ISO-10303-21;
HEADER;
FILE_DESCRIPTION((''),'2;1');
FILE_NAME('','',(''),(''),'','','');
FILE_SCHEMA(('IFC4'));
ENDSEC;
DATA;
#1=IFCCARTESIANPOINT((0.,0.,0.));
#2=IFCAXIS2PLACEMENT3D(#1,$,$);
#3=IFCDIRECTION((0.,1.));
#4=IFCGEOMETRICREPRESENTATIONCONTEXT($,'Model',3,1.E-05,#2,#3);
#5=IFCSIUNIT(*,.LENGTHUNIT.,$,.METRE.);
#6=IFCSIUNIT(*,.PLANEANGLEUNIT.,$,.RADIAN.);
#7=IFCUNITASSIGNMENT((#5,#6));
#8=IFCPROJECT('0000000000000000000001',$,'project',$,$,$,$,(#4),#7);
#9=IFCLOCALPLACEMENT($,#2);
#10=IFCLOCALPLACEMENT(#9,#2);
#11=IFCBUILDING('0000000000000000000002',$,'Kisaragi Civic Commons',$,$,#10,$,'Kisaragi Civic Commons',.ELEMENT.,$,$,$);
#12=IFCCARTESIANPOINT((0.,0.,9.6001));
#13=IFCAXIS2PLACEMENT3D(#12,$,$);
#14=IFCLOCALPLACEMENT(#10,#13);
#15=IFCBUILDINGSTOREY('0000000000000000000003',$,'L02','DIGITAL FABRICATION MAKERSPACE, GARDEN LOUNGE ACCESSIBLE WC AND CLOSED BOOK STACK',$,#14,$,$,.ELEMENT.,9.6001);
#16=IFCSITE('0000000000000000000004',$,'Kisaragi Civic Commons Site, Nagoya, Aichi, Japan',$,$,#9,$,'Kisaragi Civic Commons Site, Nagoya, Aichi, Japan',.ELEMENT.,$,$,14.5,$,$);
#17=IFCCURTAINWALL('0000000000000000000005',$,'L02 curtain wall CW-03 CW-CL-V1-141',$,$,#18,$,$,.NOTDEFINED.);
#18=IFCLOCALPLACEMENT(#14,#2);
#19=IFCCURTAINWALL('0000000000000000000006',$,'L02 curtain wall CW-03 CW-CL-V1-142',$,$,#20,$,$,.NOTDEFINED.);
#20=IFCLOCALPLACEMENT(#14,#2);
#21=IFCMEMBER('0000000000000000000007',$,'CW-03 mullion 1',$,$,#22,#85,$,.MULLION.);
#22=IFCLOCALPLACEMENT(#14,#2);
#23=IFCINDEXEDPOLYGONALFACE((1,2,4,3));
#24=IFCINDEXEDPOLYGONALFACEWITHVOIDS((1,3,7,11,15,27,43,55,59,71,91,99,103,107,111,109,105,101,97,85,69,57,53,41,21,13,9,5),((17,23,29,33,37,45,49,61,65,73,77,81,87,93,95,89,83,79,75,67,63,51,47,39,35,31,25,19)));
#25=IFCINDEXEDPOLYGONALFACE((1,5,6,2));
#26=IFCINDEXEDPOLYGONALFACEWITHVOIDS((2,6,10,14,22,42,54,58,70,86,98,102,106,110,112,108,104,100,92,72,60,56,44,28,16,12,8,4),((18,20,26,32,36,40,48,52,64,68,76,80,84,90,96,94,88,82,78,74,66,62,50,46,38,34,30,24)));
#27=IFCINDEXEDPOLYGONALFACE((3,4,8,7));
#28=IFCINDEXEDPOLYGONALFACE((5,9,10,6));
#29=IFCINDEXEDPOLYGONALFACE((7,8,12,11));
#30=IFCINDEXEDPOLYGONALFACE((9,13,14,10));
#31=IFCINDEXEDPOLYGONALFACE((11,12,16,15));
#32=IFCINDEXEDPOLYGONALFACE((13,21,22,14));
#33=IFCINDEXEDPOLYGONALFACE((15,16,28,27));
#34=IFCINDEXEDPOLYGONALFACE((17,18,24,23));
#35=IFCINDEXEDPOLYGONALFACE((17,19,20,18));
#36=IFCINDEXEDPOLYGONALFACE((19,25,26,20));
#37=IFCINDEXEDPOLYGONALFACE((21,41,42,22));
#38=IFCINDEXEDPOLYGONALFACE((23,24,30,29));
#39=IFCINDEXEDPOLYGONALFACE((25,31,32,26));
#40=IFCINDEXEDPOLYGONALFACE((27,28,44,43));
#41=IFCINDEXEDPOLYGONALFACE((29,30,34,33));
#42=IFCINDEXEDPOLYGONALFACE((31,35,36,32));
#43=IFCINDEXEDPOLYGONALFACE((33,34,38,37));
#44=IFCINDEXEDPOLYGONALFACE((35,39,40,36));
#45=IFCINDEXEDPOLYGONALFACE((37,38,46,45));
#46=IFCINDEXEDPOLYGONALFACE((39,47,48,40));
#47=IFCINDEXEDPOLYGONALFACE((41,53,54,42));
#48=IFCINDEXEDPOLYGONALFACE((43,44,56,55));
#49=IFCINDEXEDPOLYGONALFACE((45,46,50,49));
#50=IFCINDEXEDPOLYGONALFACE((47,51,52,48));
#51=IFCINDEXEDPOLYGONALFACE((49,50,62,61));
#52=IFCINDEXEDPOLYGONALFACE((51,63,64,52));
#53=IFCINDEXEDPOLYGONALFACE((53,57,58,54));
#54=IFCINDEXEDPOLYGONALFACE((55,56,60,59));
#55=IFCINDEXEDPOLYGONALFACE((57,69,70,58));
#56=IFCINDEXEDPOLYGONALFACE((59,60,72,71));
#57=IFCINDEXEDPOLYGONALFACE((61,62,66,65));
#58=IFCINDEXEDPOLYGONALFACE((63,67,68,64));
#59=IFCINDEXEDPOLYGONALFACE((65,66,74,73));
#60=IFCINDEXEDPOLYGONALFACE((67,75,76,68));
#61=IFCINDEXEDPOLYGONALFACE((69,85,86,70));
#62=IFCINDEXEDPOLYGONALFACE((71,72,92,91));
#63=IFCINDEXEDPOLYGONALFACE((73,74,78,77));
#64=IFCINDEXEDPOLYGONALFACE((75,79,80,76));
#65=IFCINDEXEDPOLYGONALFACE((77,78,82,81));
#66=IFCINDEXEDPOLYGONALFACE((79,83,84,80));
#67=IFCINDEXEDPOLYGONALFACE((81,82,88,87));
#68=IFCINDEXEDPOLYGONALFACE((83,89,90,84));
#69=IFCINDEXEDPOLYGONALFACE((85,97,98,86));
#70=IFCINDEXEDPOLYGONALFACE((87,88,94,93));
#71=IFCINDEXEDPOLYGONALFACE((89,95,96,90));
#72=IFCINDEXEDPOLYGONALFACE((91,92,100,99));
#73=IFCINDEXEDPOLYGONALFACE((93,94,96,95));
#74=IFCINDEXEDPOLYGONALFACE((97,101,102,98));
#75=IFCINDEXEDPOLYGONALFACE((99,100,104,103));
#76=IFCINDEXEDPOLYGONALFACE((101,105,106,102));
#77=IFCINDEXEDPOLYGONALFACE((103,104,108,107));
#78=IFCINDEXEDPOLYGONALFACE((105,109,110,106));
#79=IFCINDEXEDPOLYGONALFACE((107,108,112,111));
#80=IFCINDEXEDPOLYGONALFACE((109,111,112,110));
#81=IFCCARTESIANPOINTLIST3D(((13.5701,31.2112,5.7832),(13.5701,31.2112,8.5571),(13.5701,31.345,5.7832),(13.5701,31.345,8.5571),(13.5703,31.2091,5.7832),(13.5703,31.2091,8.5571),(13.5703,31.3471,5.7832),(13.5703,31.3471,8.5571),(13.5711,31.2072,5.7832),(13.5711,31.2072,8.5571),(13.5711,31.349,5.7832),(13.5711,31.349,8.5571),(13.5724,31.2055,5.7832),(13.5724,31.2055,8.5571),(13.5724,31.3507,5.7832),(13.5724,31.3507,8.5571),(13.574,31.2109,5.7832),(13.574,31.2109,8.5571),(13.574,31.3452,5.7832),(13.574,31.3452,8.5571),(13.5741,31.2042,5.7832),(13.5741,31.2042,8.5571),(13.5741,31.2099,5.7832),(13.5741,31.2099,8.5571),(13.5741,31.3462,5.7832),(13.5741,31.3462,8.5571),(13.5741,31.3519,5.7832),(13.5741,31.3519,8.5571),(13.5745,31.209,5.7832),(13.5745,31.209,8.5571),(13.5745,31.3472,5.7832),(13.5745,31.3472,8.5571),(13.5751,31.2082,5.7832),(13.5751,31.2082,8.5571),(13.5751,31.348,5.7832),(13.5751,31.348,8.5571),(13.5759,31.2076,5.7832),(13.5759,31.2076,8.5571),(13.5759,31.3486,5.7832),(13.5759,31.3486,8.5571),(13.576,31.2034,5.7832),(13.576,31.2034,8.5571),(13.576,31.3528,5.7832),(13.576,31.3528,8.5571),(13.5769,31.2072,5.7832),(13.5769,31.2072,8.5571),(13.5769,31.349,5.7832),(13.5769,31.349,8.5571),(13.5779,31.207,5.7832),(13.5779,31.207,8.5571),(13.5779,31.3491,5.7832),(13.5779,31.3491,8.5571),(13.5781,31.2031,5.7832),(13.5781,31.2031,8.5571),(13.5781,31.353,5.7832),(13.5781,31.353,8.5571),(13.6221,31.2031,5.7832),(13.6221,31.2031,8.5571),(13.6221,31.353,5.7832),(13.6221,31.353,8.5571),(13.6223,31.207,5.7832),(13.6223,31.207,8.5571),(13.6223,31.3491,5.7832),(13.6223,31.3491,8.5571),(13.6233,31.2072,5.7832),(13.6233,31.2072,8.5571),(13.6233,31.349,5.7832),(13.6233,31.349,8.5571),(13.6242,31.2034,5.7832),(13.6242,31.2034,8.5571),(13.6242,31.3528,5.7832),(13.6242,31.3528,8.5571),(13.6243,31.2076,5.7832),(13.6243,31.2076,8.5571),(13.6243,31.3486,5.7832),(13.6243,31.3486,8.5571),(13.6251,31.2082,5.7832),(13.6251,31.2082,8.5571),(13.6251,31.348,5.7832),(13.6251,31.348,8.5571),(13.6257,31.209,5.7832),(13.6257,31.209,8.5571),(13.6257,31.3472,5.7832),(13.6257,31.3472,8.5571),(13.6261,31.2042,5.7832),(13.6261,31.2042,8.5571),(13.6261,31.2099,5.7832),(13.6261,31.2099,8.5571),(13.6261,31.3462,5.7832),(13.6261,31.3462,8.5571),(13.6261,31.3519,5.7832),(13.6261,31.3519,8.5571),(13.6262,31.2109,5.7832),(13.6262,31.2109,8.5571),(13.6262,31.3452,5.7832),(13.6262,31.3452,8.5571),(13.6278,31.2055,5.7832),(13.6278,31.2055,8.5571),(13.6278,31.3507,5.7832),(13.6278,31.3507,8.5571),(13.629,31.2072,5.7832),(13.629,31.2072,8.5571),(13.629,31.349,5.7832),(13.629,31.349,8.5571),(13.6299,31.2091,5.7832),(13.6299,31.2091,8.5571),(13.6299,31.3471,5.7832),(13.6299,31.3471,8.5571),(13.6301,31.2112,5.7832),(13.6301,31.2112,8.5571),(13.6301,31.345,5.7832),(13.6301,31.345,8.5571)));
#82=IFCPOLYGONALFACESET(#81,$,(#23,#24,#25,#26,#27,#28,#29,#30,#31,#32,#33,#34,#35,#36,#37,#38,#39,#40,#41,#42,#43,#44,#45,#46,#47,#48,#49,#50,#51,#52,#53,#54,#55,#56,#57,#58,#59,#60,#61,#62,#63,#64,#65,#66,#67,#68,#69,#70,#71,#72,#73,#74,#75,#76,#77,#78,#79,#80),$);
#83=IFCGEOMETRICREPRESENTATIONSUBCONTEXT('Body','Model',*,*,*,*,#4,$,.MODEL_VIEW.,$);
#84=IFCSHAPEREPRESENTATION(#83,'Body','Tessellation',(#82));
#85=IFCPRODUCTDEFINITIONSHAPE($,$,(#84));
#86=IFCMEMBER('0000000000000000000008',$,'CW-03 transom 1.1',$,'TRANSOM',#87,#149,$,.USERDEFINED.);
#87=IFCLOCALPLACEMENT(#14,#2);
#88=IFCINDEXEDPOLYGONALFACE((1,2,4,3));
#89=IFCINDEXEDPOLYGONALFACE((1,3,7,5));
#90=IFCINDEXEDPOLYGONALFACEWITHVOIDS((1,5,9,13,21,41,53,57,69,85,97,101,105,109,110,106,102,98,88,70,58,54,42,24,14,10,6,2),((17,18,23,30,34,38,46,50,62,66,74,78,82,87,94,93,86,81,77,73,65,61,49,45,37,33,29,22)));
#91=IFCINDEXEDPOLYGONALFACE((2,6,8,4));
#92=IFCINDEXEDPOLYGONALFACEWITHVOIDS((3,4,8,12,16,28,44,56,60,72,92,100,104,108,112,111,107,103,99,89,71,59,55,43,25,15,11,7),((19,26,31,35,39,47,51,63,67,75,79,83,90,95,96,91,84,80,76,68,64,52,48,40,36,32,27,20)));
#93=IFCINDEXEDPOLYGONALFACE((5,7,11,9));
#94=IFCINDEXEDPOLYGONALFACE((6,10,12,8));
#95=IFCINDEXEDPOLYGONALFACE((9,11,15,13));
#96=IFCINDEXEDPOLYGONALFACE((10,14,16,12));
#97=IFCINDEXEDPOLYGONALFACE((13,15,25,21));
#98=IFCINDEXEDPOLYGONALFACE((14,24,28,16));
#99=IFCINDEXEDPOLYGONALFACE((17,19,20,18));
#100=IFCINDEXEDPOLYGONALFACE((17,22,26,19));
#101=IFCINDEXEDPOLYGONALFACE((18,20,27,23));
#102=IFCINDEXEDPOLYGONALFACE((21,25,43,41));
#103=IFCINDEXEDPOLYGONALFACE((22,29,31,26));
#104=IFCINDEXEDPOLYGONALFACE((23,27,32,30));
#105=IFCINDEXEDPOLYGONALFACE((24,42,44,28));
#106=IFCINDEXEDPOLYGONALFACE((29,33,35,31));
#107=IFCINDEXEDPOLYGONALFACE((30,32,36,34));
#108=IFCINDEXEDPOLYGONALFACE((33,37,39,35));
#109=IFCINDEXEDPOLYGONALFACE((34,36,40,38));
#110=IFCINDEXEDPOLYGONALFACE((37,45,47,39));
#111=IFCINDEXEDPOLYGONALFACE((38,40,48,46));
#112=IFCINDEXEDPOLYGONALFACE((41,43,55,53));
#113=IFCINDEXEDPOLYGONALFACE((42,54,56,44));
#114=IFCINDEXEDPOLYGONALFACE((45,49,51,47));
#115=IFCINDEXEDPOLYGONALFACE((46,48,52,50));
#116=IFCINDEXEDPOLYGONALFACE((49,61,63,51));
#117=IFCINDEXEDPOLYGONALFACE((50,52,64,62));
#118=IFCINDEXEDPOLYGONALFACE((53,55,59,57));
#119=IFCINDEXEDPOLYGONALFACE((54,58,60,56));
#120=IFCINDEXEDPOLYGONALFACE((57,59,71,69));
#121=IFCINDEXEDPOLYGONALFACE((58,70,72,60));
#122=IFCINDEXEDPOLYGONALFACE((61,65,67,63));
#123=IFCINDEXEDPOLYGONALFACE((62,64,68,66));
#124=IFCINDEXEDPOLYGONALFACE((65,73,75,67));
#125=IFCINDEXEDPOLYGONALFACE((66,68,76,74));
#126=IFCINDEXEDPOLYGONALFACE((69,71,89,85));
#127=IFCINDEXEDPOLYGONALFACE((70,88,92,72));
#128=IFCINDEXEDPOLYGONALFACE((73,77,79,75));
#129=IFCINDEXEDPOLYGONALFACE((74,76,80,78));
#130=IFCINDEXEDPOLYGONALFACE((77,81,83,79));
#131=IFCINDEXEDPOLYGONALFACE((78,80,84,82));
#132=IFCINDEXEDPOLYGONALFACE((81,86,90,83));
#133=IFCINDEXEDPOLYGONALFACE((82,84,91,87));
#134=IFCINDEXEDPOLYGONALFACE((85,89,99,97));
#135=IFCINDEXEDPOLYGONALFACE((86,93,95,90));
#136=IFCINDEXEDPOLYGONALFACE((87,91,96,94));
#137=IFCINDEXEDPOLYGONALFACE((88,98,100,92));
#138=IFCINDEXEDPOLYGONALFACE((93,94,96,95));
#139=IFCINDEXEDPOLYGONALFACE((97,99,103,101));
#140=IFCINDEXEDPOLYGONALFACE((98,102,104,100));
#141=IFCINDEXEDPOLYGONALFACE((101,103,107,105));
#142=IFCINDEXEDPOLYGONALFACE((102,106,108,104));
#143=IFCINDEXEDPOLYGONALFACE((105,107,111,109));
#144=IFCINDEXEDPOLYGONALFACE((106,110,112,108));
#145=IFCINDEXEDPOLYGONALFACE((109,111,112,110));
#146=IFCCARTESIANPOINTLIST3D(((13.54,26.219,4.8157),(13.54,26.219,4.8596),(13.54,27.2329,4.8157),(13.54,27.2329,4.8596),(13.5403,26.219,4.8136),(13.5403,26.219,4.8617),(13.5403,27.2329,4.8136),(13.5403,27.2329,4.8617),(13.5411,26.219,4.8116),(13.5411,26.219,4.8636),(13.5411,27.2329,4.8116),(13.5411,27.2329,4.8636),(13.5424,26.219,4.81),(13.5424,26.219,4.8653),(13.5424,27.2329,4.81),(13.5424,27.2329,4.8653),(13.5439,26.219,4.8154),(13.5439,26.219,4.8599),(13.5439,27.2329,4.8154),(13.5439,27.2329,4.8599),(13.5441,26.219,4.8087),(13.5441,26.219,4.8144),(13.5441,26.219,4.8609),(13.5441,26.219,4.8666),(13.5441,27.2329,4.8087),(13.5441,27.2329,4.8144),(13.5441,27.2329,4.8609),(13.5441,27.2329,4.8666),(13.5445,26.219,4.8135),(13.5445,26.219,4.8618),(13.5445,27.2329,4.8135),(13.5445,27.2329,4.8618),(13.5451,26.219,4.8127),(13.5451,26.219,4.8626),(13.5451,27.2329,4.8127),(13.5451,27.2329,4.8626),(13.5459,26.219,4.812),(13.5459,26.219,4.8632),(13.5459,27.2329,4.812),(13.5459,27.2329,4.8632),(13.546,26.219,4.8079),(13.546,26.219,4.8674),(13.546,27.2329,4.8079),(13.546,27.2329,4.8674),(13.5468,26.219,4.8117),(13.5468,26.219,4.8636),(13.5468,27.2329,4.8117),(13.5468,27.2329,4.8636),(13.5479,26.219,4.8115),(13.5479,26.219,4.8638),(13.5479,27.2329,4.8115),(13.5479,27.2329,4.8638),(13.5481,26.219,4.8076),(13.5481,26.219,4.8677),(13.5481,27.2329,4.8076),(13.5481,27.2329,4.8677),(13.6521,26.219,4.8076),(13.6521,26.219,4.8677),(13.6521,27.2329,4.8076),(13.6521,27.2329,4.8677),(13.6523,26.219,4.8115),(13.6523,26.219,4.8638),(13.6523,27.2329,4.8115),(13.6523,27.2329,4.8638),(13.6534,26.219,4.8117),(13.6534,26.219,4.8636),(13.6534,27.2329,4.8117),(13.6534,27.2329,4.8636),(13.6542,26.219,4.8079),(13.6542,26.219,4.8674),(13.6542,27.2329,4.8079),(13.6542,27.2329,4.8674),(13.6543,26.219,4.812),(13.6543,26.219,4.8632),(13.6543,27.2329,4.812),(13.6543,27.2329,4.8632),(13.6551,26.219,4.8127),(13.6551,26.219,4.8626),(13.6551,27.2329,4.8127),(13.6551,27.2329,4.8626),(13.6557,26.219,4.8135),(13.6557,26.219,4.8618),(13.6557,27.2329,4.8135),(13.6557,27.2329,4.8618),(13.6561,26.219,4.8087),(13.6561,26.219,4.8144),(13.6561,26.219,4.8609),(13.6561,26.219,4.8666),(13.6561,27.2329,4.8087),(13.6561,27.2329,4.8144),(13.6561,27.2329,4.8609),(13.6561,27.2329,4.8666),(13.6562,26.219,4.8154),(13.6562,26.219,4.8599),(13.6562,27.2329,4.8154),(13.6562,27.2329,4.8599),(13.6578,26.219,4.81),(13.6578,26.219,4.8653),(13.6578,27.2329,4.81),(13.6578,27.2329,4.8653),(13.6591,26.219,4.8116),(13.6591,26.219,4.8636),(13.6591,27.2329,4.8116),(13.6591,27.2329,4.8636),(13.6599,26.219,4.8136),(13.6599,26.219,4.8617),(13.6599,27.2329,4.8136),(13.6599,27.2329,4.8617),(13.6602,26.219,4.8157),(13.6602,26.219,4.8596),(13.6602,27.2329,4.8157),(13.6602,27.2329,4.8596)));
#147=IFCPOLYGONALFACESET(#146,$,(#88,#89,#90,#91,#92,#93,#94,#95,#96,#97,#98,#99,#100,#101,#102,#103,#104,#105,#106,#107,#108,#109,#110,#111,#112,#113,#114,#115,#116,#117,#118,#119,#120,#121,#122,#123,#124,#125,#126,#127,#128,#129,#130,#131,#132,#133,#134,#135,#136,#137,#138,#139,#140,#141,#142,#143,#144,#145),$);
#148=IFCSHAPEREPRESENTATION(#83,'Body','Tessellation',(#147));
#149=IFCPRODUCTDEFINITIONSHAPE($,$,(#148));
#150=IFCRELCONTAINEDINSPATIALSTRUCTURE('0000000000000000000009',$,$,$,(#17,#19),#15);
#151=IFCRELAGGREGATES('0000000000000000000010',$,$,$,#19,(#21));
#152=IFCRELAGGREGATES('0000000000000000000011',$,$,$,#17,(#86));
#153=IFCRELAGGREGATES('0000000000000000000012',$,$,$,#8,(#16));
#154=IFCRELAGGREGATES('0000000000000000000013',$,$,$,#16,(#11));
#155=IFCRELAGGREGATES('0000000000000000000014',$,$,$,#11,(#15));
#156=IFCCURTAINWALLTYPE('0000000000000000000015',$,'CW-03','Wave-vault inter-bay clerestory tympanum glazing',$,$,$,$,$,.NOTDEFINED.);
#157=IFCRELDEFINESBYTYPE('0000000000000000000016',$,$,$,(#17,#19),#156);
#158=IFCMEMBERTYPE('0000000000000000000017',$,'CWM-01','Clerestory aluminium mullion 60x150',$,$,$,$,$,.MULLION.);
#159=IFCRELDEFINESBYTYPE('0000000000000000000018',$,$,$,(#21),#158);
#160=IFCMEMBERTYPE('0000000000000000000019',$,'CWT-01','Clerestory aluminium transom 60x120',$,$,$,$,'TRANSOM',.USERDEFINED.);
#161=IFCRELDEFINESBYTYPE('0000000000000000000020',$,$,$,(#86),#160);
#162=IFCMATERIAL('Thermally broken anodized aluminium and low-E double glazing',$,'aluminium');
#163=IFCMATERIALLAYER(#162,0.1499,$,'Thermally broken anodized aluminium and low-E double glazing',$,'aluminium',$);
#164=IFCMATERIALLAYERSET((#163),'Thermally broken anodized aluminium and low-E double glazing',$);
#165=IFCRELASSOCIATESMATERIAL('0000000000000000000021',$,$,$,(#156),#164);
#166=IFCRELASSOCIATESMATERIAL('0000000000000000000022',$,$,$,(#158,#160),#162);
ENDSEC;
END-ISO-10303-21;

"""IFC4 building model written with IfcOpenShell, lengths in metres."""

from ifc_helpers import new_model, si_unit, direction, frame, origin, origin_2d, place, context, subcontext, project, spatial, hollow_rectangle, extrude, material, layer, layer_set, material_profile, profile_set, type_object, element, aggregate, save


model = new_model("IFC4")

# Units and contexts
model_context = context("Model", 3, precision=1e-05, world=origin(), true_north=direction((0.0, 1.0)))
body_context = subcontext(model_context, "Body", "Model", "MODEL_VIEW")
ifc_project = project(units=[si_unit("LENGTHUNIT", "METRE"), si_unit("PLANEANGLEUNIT", "RADIAN")], contexts=[model_context])

# Site, building, storey
site_placement = place(None, origin())
site = spatial("IfcSite", under=ifc_project, at=site_placement, Name="Kisaragi Civic Commons Site, Nagoya, Aichi, Japan", LongName="Kisaragi Civic Commons Site, Nagoya, Aichi, Japan", CompositionType="ELEMENT", RefElevation=14.5)
building_placement = place(site_placement, origin())
building = spatial("IfcBuilding", under=site, at=building_placement, Name="Kisaragi Civic Commons", LongName="Kisaragi Civic Commons", CompositionType="ELEMENT")
storey_placement = place(building_placement, frame((0.0, 0.0, 9.6001)))
storey = spatial("IfcBuildingStorey", under=building, at=storey_placement, Name="L02", Description="DIGITAL FABRICATION MAKERSPACE, GARDEN LOUNGE ACCESSIBLE WC AND CLOSED BOOK STACK", CompositionType="ELEMENT", Elevation=9.6001)

# Shared definitions
ifc_material_1 = material(Name="Thermally broken anodized aluminium and low-E double glazing", Category="aluminium")
ifc_layer_1 = layer(ifc_material_1, 0.1499, Name="Thermally broken anodized aluminium and low-E double glazing", Category="aluminium")
ifc_layer_set_1 = layer_set([ifc_layer_1], Name="Thermally broken anodized aluminium and low-E double glazing")
curtain_wall_type = type_object("IfcCurtainWallType", Name="CW-03", Description="Wave-vault inter-bay clerestory tympanum glazing", PredefinedType="NOTDEFINED", material=ifc_layer_set_1)
ifc_material_profile_1 = material_profile(ifc_material_1, hollow_rectangle(XDim=0.0601, YDim=0.1499, WallThickness=0.0039, InnerFilletRadius=0.0039, OuterFilletRadius=0.0081, at=origin_2d()), Name="CWM-60x150x4", Category="aluminium")
ifc_profile_set_1 = profile_set([ifc_material_profile_1], Name="Thermally broken anodized aluminium and low-E double glazing")
member_type_1 = type_object("IfcMemberType", Name="CWM-01", Description="Clerestory aluminium mullion 60x150", PredefinedType="MULLION", material=ifc_profile_set_1)

# Curtain wall
curtain_wall_1_placement = place(storey_placement, origin())
curtain_wall_1 = element("IfcCurtainWall", 1, at=curtain_wall_1_placement, inside=storey, type_object=curtain_wall_type, Name="L02 curtain wall CW-03 CW-CL-V1-141", PredefinedType="NOTDEFINED")

# Curtain wall, member
curtain_wall_2_placement = place(storey_placement, origin())
curtain_wall_2 = element("IfcCurtainWall", 2, at=curtain_wall_2_placement, inside=storey, type_object=curtain_wall_type, Name="L02 curtain wall CW-03 CW-CL-V1-142", PredefinedType="NOTDEFINED")
member_1_placement = place(storey_placement, frame((13.6001, 31.2781, 5.7832), z_axis=(0.0, 0.0, 1.0), x_axis=(-1.0, 0.0, 0.0)))
member_1 = element("IfcMember", 3, at=member_1_placement, type_object=member_type_1, Name="CW-03 mullion 1", PredefinedType="MULLION", context=body_context, shape_type="SweptSolid", body=[
    extrude(hollow_rectangle(XDim=0.0601, YDim=0.1499, WallThickness=0.0039, InnerFilletRadius=0.0039, OuterFilletRadius=0.0081, at=origin_2d()), origin(), (0.0, 0.0, 1.0), 2.7739),
])

# Member
ifc_material_profile_2 = material_profile(ifc_material_1, hollow_rectangle(XDim=0.1201, YDim=0.0601, WallThickness=0.0039, InnerFilletRadius=0.0039, OuterFilletRadius=0.0081, at=origin_2d()), Name="CWT-60x120x4", Category="aluminium")
ifc_profile_set_2 = profile_set([ifc_material_profile_2], Name="Thermally broken anodized aluminium and low-E double glazing")
member_type_2 = type_object("IfcMemberType", Name="CWT-01", Description="Clerestory aluminium transom 60x120", ElementType="TRANSOM", PredefinedType="USERDEFINED", material=ifc_profile_set_2)
member_2_placement = place(storey_placement, frame((13.6001, 26.219, 4.8376), z_axis=(0.0, 1.0, 0.0), x_axis=(-1.0, 0.0, 0.0)))
member_2 = element("IfcMember", 4, at=member_2_placement, type_object=member_type_2, Name="CW-03 transom 1.1", ObjectType="TRANSOM", PredefinedType="USERDEFINED", context=body_context, shape_type="SweptSolid", body=[
    extrude(hollow_rectangle(XDim=0.1201, YDim=0.0601, WallThickness=0.0039, InnerFilletRadius=0.0039, OuterFilletRadius=0.0081, at=origin_2d()), origin(), (0.0, 0.0, 1.0), 1.0139),
])
aggregate(curtain_wall_2, [member_1])

aggregate(curtain_wall_1, [member_2])

save(model, "model.ifc")
